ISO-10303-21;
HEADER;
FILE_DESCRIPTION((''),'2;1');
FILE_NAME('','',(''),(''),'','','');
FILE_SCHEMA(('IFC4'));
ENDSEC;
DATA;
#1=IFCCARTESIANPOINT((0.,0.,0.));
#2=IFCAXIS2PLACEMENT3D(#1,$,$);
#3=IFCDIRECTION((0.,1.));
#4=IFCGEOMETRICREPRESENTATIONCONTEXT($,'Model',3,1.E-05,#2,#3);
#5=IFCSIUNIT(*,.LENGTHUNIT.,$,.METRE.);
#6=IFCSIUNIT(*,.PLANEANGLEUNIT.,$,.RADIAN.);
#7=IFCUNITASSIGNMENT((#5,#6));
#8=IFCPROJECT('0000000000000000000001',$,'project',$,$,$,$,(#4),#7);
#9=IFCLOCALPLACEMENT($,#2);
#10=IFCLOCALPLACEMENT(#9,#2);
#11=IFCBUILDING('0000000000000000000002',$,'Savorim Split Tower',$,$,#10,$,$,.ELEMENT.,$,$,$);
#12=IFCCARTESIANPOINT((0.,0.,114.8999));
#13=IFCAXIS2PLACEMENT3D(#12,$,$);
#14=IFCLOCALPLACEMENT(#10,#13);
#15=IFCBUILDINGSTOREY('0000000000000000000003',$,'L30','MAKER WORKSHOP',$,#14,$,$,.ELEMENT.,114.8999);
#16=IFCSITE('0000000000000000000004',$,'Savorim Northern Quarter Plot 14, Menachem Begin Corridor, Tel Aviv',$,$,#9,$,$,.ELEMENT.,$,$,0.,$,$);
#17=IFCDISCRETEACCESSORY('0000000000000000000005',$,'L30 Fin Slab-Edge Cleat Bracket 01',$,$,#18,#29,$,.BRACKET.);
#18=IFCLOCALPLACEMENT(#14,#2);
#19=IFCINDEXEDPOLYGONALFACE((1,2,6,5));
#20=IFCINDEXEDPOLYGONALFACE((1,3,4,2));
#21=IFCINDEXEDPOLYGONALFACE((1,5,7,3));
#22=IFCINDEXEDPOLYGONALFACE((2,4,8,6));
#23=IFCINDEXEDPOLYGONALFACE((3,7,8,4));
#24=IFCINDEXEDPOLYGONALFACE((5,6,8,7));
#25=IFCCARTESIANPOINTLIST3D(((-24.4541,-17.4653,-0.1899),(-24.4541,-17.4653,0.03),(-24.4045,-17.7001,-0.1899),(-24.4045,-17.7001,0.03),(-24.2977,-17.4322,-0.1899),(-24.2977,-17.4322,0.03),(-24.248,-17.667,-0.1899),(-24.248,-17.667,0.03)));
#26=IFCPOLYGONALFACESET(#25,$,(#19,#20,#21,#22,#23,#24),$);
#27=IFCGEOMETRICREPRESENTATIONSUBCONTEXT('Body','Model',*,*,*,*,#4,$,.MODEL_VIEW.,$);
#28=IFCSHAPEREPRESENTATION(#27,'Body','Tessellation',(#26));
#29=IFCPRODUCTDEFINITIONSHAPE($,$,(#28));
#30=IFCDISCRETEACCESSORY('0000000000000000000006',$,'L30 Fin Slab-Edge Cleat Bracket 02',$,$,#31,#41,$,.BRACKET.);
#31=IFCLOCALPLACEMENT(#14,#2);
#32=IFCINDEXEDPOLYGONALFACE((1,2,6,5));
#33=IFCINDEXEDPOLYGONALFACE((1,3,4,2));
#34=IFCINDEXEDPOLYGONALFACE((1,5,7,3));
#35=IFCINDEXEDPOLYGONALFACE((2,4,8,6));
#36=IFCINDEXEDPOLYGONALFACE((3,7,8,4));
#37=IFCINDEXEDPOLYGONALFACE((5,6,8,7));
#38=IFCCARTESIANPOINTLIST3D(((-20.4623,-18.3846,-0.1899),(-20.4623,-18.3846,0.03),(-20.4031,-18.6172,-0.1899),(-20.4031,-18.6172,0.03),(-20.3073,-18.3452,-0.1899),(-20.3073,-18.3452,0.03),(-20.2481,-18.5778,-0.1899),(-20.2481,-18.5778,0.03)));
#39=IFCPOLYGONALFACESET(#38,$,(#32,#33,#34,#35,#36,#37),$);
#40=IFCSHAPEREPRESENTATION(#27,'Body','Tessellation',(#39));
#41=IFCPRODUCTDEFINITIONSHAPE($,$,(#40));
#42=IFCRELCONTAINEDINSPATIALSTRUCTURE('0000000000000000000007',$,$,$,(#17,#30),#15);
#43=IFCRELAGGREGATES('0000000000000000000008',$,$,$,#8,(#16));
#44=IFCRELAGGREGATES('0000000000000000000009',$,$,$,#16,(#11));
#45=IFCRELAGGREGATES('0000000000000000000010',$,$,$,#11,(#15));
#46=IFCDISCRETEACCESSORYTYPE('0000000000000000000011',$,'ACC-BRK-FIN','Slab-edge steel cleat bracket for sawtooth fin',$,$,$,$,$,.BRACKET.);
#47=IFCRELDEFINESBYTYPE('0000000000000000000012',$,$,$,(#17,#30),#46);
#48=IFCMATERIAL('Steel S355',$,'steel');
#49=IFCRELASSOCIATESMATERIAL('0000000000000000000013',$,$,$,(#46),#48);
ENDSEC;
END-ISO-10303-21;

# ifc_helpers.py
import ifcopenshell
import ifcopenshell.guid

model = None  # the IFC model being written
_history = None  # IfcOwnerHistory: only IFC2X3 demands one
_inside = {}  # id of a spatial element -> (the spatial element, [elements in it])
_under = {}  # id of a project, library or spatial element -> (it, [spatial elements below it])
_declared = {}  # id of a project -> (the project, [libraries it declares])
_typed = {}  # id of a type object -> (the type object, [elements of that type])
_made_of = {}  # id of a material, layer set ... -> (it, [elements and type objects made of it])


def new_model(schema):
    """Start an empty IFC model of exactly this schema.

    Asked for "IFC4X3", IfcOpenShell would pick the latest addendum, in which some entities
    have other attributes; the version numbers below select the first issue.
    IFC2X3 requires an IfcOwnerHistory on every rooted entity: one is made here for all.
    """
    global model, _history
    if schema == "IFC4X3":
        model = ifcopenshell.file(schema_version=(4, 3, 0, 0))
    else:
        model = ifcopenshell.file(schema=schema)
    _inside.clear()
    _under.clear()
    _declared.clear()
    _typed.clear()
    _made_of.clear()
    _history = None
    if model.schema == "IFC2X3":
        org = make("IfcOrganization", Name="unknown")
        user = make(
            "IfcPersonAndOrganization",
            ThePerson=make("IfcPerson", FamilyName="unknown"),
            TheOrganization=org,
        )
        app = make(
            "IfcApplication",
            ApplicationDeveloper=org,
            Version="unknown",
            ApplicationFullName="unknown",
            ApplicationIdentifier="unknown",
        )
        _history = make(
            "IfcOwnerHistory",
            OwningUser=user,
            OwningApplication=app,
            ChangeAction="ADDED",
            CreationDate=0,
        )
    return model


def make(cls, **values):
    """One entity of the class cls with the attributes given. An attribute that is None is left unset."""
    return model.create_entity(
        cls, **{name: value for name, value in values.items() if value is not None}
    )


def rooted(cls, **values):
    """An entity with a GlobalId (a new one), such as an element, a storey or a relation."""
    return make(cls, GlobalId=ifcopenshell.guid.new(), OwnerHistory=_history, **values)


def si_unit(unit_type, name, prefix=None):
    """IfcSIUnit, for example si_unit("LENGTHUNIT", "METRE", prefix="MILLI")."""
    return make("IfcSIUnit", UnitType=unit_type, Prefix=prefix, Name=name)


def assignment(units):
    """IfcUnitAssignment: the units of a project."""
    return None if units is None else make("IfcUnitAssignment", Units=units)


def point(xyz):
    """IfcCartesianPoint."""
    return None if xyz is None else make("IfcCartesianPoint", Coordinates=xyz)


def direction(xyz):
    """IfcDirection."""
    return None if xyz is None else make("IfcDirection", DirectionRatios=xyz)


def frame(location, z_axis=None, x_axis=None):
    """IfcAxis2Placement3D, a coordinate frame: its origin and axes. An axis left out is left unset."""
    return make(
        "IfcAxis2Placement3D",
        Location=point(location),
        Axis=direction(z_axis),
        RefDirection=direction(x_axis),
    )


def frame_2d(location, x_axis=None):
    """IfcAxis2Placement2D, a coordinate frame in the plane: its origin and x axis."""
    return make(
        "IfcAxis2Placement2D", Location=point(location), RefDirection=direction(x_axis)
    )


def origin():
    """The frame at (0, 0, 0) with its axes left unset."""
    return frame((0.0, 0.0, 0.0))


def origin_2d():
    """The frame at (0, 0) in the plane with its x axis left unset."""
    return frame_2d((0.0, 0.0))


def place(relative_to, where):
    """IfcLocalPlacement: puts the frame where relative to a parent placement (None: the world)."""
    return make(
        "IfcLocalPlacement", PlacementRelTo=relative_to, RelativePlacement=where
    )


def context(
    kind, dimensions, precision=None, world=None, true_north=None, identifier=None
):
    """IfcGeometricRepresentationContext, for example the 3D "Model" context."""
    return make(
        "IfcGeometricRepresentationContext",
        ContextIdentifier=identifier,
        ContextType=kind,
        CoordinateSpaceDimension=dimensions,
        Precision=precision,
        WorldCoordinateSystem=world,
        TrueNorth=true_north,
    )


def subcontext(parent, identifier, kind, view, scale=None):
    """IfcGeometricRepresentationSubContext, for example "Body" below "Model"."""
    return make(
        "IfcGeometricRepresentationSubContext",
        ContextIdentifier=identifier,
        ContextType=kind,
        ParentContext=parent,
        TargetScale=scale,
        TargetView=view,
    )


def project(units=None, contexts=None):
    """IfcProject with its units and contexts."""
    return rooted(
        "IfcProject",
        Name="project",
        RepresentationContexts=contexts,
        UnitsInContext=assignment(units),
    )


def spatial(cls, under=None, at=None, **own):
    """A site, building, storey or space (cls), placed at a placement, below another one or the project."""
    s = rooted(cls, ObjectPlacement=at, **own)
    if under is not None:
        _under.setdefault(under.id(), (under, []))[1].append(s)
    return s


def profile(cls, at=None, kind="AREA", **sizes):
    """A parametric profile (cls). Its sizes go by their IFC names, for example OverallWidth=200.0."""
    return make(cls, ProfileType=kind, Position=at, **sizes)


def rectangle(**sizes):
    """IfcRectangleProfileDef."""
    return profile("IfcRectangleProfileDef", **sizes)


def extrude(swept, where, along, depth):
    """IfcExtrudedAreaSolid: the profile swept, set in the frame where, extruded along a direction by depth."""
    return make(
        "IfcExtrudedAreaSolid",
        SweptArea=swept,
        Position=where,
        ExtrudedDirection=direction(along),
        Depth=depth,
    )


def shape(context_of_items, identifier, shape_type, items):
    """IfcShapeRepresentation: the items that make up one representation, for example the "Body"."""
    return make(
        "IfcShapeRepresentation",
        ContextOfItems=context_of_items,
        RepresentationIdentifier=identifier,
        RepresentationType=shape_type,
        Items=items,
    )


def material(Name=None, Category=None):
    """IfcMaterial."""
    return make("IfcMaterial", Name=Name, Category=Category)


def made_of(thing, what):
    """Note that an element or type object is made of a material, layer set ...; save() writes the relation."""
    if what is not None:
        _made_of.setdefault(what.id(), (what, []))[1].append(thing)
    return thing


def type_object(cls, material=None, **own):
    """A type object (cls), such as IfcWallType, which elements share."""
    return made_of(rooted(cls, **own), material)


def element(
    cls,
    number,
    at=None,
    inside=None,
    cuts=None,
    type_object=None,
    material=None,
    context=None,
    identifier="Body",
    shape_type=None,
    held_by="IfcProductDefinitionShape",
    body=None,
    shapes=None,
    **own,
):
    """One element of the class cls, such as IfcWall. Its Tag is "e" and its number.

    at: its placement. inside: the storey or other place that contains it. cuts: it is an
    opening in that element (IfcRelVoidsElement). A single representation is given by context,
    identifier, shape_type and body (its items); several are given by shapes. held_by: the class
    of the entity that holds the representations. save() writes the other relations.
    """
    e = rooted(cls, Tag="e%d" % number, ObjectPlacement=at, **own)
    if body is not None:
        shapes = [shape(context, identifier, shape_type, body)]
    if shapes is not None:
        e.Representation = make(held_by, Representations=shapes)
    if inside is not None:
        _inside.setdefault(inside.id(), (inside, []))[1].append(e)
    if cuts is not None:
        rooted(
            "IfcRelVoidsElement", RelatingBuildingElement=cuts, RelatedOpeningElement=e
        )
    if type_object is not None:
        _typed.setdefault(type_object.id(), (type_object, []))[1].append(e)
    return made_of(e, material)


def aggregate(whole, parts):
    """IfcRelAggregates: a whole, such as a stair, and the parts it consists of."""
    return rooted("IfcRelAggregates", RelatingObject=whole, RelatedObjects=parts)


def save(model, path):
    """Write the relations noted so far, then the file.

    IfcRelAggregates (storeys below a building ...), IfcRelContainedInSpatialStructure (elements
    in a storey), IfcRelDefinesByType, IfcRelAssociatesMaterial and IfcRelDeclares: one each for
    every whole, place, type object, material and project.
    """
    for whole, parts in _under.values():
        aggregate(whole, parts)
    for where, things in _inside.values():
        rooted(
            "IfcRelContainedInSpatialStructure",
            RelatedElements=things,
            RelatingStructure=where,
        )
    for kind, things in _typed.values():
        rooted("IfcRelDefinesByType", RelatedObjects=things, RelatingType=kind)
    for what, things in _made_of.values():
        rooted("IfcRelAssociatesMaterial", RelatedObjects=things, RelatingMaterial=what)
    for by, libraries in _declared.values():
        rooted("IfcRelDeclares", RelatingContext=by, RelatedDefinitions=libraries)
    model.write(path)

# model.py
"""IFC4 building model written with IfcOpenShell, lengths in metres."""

from ifc_helpers import new_model, si_unit, direction, frame, origin, origin_2d, place, context, subcontext, project, spatial, rectangle, extrude, material, type_object, element, save


model = new_model("IFC4")

# Units and contexts
model_context = context("Model", 3, precision=1e-05, world=origin(), true_north=direction((0.0, 1.0)))
body_context = subcontext(model_context, "Body", "Model", "MODEL_VIEW")
ifc_project = project(units=[si_unit("LENGTHUNIT", "METRE"), si_unit("PLANEANGLEUNIT", "RADIAN")], contexts=[model_context])

# Site, building, storey
site_placement = place(None, origin())
site = spatial("IfcSite", under=ifc_project, at=site_placement, Name="Savorim Northern Quarter Plot 14, Menachem Begin Corridor, Tel Aviv", CompositionType="ELEMENT", RefElevation=0.0)
building_placement = place(site_placement, origin())
building = spatial("IfcBuilding", under=site, at=building_placement, Name="Savorim Split Tower", CompositionType="ELEMENT")
storey_placement = place(building_placement, frame((0.0, 0.0, 114.8999)))
storey = spatial("IfcBuildingStorey", under=building, at=storey_placement, Name="L30", Description="MAKER WORKSHOP", CompositionType="ELEMENT", Elevation=114.8999)

# Shared definitions
ifc_material_1 = material(Name="Steel S355", Category="steel")

# Discrete accessories
discrete_accessory_type = type_object("IfcDiscreteAccessoryType", Name="ACC-BRK-FIN", Description="Slab-edge steel cleat bracket for sawtooth fin", PredefinedType="BRACKET", material=ifc_material_1)
for number, where, z_axis, x_axis, name in (
    (1, (-24.3511, -17.5662, -0.1899), (0.0, 0.0, 1.0), (0.206722, -0.9784, 0.0), "L30 Fin Slab-Edge Cleat Bracket 01"),
    (2, (-20.3552, -18.4812, -0.1899), (0.0, 0.0, 1.0), (0.246581, -0.969122, 0.0), "L30 Fin Slab-Edge Cleat Bracket 02"),
):
    element("IfcDiscreteAccessory", number, at=place(storey_placement, frame(where, z_axis=z_axis, x_axis=x_axis)), inside=storey, type_object=discrete_accessory_type, Name=name, PredefinedType="BRACKET", context=body_context, shape_type="SweptSolid", body=[
        extrude(rectangle(XDim=0.24, YDim=0.1599, at=origin_2d()), origin(), (0.0, 0.0, 1.0), 0.22),
    ])

save(model, "model.ifc")
